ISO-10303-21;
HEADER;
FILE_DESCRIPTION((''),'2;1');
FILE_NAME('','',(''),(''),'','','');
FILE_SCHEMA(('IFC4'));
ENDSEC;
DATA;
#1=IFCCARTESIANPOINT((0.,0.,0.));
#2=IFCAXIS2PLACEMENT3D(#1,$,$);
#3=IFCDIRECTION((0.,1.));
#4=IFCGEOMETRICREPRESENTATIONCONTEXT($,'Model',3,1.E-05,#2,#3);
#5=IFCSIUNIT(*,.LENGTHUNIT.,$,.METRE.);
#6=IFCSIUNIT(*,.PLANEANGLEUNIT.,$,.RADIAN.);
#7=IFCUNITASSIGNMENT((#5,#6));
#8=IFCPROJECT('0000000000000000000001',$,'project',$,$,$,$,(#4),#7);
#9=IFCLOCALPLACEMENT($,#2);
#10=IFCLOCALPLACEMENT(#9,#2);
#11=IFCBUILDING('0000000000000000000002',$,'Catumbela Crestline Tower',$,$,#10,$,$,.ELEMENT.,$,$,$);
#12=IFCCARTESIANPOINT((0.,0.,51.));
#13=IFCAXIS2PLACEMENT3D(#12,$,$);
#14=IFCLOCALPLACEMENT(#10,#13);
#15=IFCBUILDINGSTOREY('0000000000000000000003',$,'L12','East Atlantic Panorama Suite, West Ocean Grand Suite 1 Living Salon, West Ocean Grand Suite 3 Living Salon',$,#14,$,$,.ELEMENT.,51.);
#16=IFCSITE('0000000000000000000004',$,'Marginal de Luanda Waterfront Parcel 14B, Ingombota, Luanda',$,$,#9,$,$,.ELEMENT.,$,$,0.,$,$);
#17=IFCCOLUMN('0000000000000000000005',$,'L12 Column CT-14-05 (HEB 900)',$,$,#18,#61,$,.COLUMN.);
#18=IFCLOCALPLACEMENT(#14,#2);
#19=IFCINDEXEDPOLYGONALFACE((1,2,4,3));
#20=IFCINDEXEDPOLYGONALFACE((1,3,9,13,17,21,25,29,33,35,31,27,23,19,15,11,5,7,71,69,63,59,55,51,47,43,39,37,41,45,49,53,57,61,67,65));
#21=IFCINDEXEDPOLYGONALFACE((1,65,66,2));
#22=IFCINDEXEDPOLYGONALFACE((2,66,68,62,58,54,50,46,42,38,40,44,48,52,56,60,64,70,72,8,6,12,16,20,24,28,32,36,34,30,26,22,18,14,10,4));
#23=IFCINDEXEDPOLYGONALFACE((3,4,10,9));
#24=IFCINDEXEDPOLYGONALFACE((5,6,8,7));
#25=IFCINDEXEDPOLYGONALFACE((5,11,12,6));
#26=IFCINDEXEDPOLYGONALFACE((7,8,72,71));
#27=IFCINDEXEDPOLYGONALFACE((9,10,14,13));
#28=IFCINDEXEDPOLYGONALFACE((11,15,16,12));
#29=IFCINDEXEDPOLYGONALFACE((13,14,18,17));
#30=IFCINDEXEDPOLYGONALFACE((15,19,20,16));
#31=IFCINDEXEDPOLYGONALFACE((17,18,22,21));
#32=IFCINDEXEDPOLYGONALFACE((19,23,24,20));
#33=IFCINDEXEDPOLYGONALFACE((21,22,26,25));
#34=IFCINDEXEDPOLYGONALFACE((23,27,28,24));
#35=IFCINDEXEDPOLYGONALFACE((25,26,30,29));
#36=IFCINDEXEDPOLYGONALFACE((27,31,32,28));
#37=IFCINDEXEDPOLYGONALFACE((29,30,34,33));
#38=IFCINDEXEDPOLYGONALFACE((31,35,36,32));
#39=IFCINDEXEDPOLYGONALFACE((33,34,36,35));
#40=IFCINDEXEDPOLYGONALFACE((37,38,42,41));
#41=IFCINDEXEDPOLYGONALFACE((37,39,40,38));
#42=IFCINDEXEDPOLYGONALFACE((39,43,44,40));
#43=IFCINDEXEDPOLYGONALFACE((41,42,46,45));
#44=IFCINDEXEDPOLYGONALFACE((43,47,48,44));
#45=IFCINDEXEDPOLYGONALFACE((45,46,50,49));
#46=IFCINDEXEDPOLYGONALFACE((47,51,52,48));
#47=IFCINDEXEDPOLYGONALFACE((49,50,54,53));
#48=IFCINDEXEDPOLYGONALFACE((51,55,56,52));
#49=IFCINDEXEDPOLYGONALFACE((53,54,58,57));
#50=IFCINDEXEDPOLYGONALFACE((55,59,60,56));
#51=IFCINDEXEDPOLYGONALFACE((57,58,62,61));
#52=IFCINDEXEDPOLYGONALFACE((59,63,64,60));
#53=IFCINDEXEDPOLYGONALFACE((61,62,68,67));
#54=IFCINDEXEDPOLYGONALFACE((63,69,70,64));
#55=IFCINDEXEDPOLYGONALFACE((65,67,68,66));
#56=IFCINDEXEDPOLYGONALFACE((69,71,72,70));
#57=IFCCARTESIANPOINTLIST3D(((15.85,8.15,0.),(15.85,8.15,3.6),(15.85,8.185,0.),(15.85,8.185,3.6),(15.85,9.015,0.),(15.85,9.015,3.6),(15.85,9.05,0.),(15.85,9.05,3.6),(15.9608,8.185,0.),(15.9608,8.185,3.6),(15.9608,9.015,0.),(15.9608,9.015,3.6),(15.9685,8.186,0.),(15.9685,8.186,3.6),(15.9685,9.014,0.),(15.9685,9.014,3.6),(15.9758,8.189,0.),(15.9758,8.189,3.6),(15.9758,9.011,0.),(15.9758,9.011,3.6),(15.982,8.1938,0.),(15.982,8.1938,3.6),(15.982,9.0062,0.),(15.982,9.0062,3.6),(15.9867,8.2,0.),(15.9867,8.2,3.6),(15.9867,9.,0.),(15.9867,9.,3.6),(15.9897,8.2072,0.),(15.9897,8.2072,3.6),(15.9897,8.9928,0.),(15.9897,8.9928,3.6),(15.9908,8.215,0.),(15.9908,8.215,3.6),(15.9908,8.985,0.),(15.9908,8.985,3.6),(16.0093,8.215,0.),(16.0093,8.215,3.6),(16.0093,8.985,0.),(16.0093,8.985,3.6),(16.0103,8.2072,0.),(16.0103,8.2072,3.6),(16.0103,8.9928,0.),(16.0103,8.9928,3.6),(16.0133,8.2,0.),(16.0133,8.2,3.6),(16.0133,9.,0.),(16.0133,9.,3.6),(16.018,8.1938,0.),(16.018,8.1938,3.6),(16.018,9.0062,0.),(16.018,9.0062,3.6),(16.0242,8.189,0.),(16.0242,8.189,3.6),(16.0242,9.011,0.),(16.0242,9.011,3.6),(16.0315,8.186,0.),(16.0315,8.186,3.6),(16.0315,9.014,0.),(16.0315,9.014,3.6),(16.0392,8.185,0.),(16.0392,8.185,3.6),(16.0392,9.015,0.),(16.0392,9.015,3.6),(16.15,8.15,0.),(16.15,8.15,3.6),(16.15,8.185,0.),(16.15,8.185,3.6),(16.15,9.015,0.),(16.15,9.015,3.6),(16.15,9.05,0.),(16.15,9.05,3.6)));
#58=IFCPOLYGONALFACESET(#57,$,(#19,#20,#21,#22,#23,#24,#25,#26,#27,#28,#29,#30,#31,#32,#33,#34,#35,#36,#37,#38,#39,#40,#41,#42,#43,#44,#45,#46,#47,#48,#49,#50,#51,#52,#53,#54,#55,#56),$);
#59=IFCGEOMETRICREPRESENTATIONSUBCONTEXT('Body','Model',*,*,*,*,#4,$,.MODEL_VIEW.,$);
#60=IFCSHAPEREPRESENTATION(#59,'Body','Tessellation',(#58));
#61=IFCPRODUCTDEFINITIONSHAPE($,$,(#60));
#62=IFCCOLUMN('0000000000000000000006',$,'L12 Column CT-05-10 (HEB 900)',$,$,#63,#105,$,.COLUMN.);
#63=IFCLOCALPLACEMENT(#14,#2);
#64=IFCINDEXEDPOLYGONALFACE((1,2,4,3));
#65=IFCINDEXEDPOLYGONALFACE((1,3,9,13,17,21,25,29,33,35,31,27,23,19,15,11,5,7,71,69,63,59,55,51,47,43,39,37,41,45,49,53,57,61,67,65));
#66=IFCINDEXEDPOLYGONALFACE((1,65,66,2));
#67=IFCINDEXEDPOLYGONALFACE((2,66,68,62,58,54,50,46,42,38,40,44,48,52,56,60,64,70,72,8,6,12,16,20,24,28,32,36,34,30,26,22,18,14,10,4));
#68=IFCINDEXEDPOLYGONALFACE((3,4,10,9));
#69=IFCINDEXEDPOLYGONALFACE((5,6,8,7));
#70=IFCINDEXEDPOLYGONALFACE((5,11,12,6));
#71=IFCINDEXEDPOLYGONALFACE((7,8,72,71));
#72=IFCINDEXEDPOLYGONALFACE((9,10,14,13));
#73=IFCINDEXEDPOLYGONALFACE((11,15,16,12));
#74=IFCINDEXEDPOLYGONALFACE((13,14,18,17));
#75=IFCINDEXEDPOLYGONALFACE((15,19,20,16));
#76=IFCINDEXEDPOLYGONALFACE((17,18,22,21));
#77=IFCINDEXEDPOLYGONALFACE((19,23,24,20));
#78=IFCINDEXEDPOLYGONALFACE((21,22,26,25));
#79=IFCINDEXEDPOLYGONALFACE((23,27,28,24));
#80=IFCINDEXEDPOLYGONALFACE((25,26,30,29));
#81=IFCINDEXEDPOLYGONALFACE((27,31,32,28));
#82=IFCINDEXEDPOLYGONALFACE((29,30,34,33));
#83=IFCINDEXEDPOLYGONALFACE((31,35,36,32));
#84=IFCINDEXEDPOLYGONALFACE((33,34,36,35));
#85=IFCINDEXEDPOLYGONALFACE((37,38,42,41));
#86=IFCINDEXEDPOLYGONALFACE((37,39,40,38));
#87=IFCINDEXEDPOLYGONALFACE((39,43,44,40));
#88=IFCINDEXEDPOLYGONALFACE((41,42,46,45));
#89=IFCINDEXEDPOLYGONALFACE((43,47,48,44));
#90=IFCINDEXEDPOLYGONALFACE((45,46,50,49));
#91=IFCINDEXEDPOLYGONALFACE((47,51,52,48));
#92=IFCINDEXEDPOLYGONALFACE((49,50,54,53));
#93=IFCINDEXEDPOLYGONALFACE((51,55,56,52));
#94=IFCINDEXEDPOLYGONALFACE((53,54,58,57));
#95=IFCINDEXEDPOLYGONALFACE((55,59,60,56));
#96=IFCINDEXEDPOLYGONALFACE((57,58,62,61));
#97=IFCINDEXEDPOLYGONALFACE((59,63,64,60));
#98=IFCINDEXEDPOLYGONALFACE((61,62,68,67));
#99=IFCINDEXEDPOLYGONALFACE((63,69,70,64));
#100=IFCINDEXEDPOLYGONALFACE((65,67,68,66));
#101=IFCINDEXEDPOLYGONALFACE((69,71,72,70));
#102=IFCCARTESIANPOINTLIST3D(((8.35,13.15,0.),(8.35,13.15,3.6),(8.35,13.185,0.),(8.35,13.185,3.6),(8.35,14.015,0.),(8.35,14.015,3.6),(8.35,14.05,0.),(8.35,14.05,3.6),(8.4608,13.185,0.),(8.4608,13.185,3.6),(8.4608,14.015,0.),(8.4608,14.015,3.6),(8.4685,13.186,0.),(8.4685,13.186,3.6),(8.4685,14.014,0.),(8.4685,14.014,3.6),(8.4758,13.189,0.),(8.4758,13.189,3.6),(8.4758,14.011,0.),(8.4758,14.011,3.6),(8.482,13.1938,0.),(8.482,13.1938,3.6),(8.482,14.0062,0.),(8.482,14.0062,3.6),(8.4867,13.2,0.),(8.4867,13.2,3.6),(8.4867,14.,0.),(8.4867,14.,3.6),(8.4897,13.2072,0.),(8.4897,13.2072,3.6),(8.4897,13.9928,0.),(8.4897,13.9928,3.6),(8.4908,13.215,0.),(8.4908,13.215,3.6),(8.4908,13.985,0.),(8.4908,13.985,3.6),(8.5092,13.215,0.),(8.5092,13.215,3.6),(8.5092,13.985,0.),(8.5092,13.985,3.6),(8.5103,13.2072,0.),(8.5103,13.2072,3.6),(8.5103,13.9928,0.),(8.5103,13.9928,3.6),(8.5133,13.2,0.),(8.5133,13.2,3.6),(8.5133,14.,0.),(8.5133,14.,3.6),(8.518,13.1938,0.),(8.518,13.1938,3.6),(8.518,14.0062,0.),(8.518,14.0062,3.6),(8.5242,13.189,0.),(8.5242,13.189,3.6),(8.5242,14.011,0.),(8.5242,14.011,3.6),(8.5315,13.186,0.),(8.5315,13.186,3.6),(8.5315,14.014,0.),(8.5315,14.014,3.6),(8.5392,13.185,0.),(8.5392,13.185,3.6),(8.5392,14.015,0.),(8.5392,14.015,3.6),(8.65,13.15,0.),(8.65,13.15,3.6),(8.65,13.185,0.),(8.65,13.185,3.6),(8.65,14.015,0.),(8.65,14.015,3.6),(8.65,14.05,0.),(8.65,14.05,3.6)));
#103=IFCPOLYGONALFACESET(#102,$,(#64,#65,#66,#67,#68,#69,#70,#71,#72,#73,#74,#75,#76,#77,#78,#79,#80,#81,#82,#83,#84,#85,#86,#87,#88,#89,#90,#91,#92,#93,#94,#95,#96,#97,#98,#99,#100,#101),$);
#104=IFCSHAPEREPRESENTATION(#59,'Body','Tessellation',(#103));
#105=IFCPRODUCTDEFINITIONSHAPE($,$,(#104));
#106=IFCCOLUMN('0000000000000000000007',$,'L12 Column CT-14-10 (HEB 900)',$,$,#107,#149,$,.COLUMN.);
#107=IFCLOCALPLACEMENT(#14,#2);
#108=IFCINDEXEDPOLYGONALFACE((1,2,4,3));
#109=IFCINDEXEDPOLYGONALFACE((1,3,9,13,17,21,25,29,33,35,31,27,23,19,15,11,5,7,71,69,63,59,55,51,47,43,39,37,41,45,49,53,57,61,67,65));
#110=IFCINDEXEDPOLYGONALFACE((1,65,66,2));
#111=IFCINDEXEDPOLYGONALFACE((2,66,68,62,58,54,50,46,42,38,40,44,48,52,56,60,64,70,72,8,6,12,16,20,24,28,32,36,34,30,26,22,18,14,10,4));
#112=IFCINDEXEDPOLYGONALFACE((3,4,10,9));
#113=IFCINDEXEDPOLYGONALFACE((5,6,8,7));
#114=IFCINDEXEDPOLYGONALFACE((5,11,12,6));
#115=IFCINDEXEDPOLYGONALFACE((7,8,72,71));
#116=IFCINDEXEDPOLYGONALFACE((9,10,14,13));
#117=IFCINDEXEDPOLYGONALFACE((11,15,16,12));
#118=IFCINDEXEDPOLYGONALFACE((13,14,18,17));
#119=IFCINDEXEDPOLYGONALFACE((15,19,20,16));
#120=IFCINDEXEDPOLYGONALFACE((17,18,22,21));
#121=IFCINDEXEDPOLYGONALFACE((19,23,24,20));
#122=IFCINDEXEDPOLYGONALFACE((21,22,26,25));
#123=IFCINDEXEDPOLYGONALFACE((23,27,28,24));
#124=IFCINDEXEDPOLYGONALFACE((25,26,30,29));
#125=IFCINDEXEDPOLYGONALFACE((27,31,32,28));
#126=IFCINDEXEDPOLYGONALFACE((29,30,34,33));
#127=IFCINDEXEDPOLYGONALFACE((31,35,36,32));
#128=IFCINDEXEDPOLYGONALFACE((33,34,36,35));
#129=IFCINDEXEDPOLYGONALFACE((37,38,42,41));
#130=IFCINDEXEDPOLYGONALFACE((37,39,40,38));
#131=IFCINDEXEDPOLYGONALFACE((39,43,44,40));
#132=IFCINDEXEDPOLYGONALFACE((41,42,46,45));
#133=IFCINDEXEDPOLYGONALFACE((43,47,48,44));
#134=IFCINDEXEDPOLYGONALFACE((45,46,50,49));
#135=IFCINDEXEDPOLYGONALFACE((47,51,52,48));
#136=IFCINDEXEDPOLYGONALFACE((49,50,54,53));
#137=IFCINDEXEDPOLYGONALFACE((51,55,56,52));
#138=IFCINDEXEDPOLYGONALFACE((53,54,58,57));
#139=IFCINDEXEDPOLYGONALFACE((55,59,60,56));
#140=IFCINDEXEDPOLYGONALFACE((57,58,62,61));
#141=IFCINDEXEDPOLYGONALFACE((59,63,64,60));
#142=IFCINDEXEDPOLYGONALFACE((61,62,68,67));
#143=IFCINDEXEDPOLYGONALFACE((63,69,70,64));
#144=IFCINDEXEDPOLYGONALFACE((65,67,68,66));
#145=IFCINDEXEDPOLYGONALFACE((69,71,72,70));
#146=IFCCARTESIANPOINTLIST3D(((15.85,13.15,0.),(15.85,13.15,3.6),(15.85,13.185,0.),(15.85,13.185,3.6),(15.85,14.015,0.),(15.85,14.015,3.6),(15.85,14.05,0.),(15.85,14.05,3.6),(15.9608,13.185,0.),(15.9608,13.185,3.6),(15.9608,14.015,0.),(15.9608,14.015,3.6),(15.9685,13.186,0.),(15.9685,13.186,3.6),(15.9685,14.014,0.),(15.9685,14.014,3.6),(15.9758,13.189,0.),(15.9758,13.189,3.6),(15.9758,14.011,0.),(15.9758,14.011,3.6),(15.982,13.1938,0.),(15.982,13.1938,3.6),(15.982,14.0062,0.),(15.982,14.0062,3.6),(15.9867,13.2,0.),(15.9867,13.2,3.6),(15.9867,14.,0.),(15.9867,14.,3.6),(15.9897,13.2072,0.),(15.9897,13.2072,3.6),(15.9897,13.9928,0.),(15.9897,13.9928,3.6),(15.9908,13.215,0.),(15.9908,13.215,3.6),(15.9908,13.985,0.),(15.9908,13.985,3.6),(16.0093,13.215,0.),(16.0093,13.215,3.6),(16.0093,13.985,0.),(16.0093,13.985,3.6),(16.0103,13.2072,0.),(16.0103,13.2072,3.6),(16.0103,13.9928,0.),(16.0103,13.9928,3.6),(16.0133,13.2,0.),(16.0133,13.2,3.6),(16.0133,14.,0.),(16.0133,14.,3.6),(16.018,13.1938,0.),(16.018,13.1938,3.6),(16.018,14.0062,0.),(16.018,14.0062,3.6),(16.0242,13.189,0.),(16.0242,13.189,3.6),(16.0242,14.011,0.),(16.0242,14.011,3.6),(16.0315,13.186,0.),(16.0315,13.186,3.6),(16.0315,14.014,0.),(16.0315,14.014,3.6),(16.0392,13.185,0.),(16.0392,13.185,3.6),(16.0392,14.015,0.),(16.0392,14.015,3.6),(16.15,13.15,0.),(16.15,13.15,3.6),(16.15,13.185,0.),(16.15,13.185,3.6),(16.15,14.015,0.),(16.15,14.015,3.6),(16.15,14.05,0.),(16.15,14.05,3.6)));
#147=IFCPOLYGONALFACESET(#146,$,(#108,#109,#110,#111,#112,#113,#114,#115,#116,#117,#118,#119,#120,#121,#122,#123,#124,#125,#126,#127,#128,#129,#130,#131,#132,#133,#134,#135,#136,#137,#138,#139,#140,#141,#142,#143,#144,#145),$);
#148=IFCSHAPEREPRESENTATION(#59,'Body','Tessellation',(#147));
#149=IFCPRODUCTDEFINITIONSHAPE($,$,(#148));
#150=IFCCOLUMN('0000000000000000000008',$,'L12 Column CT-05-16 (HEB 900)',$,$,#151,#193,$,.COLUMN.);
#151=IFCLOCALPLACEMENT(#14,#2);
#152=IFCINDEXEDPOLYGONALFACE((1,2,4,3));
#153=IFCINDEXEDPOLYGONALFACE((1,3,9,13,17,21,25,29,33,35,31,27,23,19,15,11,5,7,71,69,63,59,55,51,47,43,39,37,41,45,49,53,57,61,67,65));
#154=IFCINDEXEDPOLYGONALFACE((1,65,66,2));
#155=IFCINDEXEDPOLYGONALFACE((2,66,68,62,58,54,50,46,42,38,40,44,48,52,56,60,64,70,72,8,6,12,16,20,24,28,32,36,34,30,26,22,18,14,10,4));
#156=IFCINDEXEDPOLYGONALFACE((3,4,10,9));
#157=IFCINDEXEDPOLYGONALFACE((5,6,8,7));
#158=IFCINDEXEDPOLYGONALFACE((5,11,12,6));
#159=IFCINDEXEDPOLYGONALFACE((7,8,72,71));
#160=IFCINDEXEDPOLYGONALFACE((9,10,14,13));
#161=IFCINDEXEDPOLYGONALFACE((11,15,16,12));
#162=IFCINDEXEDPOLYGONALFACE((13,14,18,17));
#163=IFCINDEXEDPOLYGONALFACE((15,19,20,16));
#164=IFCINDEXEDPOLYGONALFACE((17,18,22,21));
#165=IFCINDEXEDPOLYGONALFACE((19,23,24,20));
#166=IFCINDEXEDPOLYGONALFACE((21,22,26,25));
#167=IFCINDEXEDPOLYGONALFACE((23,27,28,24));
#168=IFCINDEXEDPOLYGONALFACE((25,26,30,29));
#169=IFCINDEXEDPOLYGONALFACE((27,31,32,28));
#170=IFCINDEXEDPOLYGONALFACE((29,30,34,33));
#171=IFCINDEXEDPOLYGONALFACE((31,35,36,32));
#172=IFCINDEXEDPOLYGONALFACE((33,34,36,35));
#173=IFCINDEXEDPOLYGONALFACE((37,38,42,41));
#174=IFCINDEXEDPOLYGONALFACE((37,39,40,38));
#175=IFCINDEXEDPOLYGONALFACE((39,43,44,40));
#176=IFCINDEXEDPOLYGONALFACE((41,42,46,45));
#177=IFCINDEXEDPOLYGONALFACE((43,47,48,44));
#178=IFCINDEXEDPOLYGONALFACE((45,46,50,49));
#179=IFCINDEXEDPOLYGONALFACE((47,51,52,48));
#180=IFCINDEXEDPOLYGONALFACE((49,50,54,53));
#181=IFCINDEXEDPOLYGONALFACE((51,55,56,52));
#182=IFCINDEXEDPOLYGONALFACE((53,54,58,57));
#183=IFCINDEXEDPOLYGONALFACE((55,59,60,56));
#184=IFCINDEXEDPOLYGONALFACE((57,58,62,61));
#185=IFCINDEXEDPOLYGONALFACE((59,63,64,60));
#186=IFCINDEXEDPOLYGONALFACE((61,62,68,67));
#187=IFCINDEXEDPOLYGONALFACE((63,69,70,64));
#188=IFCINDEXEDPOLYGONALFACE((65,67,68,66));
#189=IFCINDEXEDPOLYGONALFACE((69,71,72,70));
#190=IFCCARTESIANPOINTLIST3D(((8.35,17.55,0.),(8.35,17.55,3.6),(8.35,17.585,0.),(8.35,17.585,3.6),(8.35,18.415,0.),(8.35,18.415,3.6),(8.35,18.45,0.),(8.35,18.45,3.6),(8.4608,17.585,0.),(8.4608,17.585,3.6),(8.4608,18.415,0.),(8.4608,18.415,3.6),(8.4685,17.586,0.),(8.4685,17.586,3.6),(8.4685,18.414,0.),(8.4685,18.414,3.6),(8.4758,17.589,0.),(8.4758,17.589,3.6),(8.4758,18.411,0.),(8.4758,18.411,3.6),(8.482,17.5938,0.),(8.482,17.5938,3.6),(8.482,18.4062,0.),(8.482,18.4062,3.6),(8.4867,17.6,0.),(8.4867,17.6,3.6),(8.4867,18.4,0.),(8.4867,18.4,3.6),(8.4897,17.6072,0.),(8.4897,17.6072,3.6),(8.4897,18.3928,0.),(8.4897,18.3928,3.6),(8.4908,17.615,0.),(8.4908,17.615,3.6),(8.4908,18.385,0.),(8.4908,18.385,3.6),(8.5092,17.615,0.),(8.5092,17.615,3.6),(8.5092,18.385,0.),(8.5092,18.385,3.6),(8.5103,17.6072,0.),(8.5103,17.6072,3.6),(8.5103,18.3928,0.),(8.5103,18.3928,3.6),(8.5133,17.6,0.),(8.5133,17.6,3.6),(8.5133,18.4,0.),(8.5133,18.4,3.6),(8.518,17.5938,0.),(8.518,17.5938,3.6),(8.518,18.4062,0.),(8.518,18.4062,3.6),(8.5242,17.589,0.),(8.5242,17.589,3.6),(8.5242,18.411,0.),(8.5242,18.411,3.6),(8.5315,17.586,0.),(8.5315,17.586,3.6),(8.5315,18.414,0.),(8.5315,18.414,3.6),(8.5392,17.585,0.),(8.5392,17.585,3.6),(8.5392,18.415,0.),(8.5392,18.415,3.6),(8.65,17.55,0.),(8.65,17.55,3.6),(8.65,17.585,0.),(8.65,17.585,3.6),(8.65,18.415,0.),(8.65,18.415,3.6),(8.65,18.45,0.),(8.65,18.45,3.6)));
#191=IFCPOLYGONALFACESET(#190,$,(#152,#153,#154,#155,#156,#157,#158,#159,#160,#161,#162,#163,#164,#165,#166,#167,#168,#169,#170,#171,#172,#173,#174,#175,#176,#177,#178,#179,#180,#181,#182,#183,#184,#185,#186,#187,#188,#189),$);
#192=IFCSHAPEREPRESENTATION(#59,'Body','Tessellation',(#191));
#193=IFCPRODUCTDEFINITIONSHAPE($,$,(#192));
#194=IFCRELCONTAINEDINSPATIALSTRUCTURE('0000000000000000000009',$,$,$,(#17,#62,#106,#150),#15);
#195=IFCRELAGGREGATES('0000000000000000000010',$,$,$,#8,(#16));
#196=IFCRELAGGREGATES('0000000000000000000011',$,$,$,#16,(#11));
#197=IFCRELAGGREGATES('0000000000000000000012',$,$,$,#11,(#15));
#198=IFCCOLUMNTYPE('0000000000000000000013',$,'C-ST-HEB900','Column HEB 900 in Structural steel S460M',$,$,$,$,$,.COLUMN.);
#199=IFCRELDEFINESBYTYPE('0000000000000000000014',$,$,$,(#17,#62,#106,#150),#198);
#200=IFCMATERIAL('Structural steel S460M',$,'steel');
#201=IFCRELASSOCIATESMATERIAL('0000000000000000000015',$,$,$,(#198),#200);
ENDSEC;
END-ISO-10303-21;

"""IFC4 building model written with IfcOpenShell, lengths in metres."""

from ifc_helpers import new_model, si_unit, direction, frame, origin, origin_2d, place, context, subcontext, project, spatial, i_section, extrude, material, material_profile, profile_set, type_object, element, save


model = new_model("IFC4")

# Units and contexts
model_context = context("Model", 3, precision=1e-05, world=origin(), true_north=direction((0.0, 1.0)))
body_context = subcontext(model_context, "Body", "Model", "MODEL_VIEW")
ifc_project = project(units=[si_unit("LENGTHUNIT", "METRE"), si_unit("PLANEANGLEUNIT", "RADIAN")], contexts=[model_context])

# Site, building, storey
site_placement = place(None, origin())
site = spatial("IfcSite", under=ifc_project, at=site_placement, Name="Marginal de Luanda Waterfront Parcel 14B, Ingombota, Luanda", CompositionType="ELEMENT", RefElevation=0.0)
building_placement = place(site_placement, origin())
building = spatial("IfcBuilding", under=site, at=building_placement, Name="Catumbela Crestline Tower", CompositionType="ELEMENT")
storey_placement = place(building_placement, frame((0.0, 0.0, 51.0)))
storey = spatial("IfcBuildingStorey", under=building, at=storey_placement, Name="L12", Description="East Atlantic Panorama Suite, West Ocean Grand Suite 1 Living Salon, West Ocean Grand Suite 3 Living Salon", CompositionType="ELEMENT", Elevation=51.0)

# Columns
ifc_material_1 = material(Name="Structural steel S460M", Category="steel")
ifc_material_profile_1 = material_profile(ifc_material_1, i_section(OverallWidth=0.3, OverallDepth=0.9, WebThickness=0.0185, FlangeThickness=0.035, FilletRadius=0.03, at=origin_2d()), Name="HEB 900")
ifc_profile_set_1 = profile_set([ifc_material_profile_1], Name="Structural steel S460M")
column_type = type_object("IfcColumnType", Name="C-ST-HEB900", Description="Column HEB 900 in Structural steel S460M", PredefinedType="COLUMN", material=ifc_profile_set_1)
for number, where, z_axis, x_axis, name in (
    (1, (16.0, 8.6, 0.0), (0.0, 0.0, 1.0), (1.0, 0.0, 0.0), "L12 Column CT-14-05 (HEB 900)"),
    (2, (8.5, 13.6, 0.0), (0.0, 0.0, 1.0), (1.0, 0.0, 0.0), "L12 Column CT-05-10 (HEB 900)"),
    (3, (16.0, 13.6, 0.0), (0.0, 0.0, 1.0), (1.0, 0.0, 0.0), "L12 Column CT-14-10 (HEB 900)"),
    (4, (8.5, 18.0, 0.0), (0.0, 0.0, 1.0), (1.0, 0.0, 0.0), "L12 Column CT-05-16 (HEB 900)"),
):
    element("IfcColumn", number, at=place(storey_placement, frame(where, z_axis=z_axis, x_axis=x_axis)), inside=storey, type_object=column_type, Name=name, PredefinedType="COLUMN", context=body_context, shape_type="SweptSolid", body=[
        extrude(i_section(OverallWidth=0.3, OverallDepth=0.9, WebThickness=0.0185, FlangeThickness=0.035, FilletRadius=0.03, at=origin_2d()), origin(), (0.0, 0.0, 1.0), 3.6),
    ])

save(model, "model.ifc")
